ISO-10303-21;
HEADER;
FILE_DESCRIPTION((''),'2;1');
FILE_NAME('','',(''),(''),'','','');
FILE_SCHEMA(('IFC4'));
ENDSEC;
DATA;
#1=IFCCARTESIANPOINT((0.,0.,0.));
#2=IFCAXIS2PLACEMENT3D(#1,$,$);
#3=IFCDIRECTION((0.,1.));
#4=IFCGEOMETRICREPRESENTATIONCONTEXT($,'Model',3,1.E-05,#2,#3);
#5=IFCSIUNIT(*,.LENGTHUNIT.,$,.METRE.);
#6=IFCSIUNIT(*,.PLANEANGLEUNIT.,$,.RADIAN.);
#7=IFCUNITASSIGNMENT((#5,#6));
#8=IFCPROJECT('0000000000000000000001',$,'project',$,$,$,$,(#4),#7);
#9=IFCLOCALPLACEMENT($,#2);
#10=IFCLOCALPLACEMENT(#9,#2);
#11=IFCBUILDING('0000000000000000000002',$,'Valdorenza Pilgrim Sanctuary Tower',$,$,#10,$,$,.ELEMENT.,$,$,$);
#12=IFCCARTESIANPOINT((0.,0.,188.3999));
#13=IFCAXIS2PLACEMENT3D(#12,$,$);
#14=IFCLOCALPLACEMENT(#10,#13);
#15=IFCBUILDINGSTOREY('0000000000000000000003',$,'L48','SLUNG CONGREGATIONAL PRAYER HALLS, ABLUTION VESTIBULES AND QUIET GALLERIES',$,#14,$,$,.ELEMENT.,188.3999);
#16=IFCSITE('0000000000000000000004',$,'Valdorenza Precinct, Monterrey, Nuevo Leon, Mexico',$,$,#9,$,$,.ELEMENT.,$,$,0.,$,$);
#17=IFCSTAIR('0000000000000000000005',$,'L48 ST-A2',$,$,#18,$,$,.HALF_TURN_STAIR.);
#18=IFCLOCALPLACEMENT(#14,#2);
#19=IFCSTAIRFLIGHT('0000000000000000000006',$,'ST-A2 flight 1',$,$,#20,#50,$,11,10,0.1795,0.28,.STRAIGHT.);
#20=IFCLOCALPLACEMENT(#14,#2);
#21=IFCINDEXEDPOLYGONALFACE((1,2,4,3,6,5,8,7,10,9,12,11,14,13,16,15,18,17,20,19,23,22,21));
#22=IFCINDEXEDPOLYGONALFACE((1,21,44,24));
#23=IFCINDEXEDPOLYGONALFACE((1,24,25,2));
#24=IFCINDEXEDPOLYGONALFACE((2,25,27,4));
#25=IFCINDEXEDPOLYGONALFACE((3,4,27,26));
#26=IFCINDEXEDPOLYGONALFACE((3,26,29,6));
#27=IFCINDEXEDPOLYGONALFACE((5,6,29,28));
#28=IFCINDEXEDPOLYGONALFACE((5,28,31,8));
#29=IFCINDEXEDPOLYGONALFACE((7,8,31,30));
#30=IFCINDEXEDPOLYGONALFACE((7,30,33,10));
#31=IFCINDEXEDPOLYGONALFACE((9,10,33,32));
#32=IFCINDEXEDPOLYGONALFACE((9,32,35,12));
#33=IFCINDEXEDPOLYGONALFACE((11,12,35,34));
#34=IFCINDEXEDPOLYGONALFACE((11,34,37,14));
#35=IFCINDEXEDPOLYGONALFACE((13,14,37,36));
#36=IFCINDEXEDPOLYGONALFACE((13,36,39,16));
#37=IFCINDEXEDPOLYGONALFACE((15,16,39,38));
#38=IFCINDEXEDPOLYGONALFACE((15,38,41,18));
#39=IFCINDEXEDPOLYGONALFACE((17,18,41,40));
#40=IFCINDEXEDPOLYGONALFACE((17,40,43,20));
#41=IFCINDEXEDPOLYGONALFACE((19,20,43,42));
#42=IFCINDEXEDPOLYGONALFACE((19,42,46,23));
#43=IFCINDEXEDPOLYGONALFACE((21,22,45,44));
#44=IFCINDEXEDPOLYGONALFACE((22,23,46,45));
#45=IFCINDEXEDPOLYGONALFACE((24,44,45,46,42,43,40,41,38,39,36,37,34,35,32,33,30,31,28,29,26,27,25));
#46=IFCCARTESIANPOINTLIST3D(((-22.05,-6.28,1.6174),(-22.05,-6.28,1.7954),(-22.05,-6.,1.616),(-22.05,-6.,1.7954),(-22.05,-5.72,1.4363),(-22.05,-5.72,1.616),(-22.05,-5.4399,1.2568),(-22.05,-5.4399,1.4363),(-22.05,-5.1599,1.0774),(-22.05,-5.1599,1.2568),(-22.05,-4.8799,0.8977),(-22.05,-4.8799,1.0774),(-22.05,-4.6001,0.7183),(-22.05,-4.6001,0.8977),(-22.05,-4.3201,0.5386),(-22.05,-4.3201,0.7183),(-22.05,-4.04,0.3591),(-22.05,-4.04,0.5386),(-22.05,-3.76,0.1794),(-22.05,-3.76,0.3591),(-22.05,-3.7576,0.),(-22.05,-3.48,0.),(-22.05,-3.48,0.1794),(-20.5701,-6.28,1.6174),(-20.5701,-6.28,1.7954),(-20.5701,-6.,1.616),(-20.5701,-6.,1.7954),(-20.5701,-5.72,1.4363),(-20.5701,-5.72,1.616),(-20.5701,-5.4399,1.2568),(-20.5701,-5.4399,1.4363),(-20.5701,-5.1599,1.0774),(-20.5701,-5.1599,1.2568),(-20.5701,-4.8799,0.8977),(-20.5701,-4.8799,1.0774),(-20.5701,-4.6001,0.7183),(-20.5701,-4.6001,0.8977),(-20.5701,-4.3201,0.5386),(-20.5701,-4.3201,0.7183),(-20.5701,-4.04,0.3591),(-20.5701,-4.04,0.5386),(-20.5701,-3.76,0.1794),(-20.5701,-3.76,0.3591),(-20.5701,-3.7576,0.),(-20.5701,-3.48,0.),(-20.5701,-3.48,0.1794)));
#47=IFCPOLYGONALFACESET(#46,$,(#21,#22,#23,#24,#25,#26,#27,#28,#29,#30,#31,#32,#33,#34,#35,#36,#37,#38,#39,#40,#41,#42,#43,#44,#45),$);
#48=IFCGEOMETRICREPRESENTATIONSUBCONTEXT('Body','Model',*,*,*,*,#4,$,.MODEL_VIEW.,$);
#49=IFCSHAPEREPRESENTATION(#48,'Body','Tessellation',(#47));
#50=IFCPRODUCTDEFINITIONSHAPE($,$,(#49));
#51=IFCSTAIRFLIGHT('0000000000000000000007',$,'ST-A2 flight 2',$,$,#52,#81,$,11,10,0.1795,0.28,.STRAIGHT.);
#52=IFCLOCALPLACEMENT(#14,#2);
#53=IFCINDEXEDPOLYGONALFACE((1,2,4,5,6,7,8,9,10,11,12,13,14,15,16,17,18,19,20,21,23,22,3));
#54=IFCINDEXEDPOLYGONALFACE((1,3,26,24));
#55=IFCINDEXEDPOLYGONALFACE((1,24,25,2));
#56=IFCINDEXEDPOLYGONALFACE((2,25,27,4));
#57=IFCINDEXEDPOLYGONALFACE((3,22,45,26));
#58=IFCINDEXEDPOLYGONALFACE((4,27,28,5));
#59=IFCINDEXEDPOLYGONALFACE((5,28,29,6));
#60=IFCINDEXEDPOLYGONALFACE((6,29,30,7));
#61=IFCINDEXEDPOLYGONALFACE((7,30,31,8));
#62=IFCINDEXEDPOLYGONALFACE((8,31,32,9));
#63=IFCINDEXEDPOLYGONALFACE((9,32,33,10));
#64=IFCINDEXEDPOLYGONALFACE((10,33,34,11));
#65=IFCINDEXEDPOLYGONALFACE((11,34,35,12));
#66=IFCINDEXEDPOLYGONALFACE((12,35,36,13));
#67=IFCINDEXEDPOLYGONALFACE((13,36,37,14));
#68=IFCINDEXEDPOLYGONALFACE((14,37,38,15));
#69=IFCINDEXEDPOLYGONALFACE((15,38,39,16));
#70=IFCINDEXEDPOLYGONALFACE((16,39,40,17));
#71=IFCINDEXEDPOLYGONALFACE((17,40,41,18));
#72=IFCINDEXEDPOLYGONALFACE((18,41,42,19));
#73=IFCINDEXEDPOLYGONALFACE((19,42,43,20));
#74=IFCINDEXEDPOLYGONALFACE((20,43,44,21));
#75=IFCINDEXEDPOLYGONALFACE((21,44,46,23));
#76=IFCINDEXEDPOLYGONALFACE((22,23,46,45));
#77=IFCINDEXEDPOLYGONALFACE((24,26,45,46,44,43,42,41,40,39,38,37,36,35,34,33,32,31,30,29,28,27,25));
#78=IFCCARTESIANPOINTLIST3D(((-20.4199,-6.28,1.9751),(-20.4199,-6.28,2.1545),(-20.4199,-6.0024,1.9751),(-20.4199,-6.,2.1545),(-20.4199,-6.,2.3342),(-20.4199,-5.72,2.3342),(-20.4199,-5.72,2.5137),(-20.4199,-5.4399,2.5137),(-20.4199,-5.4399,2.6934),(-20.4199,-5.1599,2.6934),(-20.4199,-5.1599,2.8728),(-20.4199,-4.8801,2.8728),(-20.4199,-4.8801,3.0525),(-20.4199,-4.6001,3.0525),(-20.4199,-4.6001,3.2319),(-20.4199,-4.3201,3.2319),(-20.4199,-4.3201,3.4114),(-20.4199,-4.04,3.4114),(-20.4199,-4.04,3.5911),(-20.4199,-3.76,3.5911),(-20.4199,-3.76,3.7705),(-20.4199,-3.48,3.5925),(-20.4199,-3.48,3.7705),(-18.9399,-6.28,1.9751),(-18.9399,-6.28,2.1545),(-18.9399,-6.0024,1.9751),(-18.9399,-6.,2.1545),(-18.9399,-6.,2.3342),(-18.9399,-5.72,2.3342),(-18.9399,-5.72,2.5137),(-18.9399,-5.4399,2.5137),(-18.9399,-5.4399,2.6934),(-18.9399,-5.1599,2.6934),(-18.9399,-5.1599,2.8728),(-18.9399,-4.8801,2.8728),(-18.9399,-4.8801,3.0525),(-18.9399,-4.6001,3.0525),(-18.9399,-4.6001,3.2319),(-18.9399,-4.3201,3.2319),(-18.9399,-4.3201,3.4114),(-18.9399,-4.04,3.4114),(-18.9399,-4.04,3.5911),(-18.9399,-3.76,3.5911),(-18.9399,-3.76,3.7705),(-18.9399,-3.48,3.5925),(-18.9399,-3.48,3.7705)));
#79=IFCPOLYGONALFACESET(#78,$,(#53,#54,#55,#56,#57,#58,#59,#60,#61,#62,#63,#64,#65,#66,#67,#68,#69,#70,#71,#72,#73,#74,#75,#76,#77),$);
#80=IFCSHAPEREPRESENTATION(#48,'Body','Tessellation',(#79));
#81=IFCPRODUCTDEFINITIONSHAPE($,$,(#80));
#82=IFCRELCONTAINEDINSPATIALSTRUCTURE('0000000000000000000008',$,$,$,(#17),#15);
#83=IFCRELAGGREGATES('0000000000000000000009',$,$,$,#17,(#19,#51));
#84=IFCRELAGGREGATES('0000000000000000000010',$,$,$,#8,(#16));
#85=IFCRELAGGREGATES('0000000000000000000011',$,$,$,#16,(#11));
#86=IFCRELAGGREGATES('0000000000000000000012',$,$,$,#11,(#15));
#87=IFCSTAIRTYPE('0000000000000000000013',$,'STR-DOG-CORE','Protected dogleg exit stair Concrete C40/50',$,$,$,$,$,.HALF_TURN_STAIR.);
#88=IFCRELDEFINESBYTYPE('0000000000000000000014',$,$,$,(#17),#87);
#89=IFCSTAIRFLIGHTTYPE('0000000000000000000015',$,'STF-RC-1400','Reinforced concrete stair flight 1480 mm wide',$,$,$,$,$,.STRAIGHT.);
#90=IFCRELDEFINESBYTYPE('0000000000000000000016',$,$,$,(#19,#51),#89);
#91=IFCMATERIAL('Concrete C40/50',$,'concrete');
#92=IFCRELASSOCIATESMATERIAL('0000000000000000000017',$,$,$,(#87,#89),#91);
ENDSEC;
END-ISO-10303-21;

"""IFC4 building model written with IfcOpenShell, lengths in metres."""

from ifc_helpers import new_model, si_unit, direction, frame, origin, place, context, subcontext, project, spatial, polyline, outline, extrude, material, type_object, element, aggregate, save


model = new_model("IFC4")

# Units and contexts
model_context = context("Model", 3, precision=1e-05, world=origin(), true_north=direction((0.0, 1.0)))
body_context = subcontext(model_context, "Body", "Model", "MODEL_VIEW")
ifc_project = project(units=[si_unit("LENGTHUNIT", "METRE"), si_unit("PLANEANGLEUNIT", "RADIAN")], contexts=[model_context])

# Site, building, storey
site_placement = place(None, origin())
site = spatial("IfcSite", under=ifc_project, at=site_placement, Name="Valdorenza Precinct, Monterrey, Nuevo Leon, Mexico", CompositionType="ELEMENT", RefElevation=0.0)
building_placement = place(site_placement, origin())
building = spatial("IfcBuilding", under=site, at=building_placement, Name="Valdorenza Pilgrim Sanctuary Tower", CompositionType="ELEMENT")
storey_placement = place(building_placement, frame((0.0, 0.0, 188.3999)))
storey = spatial("IfcBuildingStorey", under=building, at=storey_placement, Name="L48", Description="SLUNG CONGREGATIONAL PRAYER HALLS, ABLUTION VESTIBULES AND QUIET GALLERIES", CompositionType="ELEMENT", Elevation=188.3999)

# Shared definitions
ifc_material_1 = material(Name="Concrete C40/50", Category="concrete")

# Stair, stair flights
stair_type = type_object("IfcStairType", Name="STR-DOG-CORE", Description="Protected dogleg exit stair Concrete C40/50", PredefinedType="HALF_TURN_STAIR", material=ifc_material_1)
stair_placement = place(storey_placement, origin())
stair = element("IfcStair", 1, at=stair_placement, inside=storey, type_object=stair_type, Name="L48 ST-A2", PredefinedType="HALF_TURN_STAIR")
stair_flight_type = type_object("IfcStairFlightType", Name="STF-RC-1400", Description="Reinforced concrete stair flight 1480 mm wide", PredefinedType="STRAIGHT", material=ifc_material_1)
stair_flight_1_placement = place(storey_placement, frame((-21.3101, -3.48, 0.0), z_axis=(0.0, 0.0, 1.0), x_axis=(0.0, -1.0, 0.0)))
stair_flight_1 = element("IfcStairFlight", 2, at=stair_flight_1_placement, type_object=stair_flight_type, Name="ST-A2 flight 1", NumberOfRisers=11, NumberOfTreads=10, PredefinedType="STRAIGHT", RiserHeight=0.1795, TreadLength=0.28, context=body_context, shape_type="SweptSolid", body=[
    extrude(outline(polyline([(0.0, 0.0), (0.0, 0.1794), (0.28, 0.1794), (0.28, 0.3591), (0.5601, 0.3591), (0.5601, 0.5386), (0.8401, 0.5386), (0.8401, 0.7183), (1.1201, 0.7183), (1.1201, 0.8977), (1.3999, 0.8977), (1.3999, 1.0774), (1.6799, 1.0774), (1.6799, 1.2568), (1.96, 1.2568), (1.96, 1.4363), (2.24, 1.4363), (2.24, 1.616), (2.52, 1.616), (2.52, 1.7954), (2.8, 1.7954), (2.8, 1.9751), (2.8, 1.6174), (0.2776, 0.0), (0.0, 0.0)])), frame((0.0, 0.74, 0.0), z_axis=(0.0, -1.0, 0.0), x_axis=(1.0, 0.0, 0.0)), (0.0, 0.0, 1.0), 1.48),
])
stair_flight_2_placement = place(storey_placement, frame((-19.6799, -6.28, 1.9751), z_axis=(0.0, 0.0, 1.0), x_axis=(0.0, 1.0, 0.0)))
stair_flight_2 = element("IfcStairFlight", 3, at=stair_flight_2_placement, type_object=stair_flight_type, Name="ST-A2 flight 2", NumberOfRisers=11, NumberOfTreads=10, PredefinedType="STRAIGHT", RiserHeight=0.1795, TreadLength=0.28, context=body_context, shape_type="SweptSolid", body=[
    extrude(outline(polyline([(0.0, 0.0), (0.0, 0.1794), (0.28, 0.1794), (0.28, 0.3591), (0.5601, 0.3591), (0.5601, 0.5386), (0.8401, 0.5386), (0.8401, 0.7183), (1.1201, 0.7183), (1.1201, 0.8977), (1.3999, 0.8977), (1.3999, 1.0774), (1.6799, 1.0774), (1.6799, 1.2568), (1.96, 1.2568), (1.96, 1.4363), (2.24, 1.4363), (2.24, 1.616), (2.52, 1.616), (2.52, 1.7954), (2.8, 1.7954), (2.8, 1.9751), (2.8, 1.6174), (0.2776, 0.0), (0.0, 0.0)])), frame((0.0, 0.74, 0.0), z_axis=(0.0, -1.0, 0.0), x_axis=(1.0, 0.0, 0.0)), (0.0, 0.0, 1.0), 1.48),
])
aggregate(stair, [stair_flight_1, stair_flight_2])

save(model, "model.ifc")
